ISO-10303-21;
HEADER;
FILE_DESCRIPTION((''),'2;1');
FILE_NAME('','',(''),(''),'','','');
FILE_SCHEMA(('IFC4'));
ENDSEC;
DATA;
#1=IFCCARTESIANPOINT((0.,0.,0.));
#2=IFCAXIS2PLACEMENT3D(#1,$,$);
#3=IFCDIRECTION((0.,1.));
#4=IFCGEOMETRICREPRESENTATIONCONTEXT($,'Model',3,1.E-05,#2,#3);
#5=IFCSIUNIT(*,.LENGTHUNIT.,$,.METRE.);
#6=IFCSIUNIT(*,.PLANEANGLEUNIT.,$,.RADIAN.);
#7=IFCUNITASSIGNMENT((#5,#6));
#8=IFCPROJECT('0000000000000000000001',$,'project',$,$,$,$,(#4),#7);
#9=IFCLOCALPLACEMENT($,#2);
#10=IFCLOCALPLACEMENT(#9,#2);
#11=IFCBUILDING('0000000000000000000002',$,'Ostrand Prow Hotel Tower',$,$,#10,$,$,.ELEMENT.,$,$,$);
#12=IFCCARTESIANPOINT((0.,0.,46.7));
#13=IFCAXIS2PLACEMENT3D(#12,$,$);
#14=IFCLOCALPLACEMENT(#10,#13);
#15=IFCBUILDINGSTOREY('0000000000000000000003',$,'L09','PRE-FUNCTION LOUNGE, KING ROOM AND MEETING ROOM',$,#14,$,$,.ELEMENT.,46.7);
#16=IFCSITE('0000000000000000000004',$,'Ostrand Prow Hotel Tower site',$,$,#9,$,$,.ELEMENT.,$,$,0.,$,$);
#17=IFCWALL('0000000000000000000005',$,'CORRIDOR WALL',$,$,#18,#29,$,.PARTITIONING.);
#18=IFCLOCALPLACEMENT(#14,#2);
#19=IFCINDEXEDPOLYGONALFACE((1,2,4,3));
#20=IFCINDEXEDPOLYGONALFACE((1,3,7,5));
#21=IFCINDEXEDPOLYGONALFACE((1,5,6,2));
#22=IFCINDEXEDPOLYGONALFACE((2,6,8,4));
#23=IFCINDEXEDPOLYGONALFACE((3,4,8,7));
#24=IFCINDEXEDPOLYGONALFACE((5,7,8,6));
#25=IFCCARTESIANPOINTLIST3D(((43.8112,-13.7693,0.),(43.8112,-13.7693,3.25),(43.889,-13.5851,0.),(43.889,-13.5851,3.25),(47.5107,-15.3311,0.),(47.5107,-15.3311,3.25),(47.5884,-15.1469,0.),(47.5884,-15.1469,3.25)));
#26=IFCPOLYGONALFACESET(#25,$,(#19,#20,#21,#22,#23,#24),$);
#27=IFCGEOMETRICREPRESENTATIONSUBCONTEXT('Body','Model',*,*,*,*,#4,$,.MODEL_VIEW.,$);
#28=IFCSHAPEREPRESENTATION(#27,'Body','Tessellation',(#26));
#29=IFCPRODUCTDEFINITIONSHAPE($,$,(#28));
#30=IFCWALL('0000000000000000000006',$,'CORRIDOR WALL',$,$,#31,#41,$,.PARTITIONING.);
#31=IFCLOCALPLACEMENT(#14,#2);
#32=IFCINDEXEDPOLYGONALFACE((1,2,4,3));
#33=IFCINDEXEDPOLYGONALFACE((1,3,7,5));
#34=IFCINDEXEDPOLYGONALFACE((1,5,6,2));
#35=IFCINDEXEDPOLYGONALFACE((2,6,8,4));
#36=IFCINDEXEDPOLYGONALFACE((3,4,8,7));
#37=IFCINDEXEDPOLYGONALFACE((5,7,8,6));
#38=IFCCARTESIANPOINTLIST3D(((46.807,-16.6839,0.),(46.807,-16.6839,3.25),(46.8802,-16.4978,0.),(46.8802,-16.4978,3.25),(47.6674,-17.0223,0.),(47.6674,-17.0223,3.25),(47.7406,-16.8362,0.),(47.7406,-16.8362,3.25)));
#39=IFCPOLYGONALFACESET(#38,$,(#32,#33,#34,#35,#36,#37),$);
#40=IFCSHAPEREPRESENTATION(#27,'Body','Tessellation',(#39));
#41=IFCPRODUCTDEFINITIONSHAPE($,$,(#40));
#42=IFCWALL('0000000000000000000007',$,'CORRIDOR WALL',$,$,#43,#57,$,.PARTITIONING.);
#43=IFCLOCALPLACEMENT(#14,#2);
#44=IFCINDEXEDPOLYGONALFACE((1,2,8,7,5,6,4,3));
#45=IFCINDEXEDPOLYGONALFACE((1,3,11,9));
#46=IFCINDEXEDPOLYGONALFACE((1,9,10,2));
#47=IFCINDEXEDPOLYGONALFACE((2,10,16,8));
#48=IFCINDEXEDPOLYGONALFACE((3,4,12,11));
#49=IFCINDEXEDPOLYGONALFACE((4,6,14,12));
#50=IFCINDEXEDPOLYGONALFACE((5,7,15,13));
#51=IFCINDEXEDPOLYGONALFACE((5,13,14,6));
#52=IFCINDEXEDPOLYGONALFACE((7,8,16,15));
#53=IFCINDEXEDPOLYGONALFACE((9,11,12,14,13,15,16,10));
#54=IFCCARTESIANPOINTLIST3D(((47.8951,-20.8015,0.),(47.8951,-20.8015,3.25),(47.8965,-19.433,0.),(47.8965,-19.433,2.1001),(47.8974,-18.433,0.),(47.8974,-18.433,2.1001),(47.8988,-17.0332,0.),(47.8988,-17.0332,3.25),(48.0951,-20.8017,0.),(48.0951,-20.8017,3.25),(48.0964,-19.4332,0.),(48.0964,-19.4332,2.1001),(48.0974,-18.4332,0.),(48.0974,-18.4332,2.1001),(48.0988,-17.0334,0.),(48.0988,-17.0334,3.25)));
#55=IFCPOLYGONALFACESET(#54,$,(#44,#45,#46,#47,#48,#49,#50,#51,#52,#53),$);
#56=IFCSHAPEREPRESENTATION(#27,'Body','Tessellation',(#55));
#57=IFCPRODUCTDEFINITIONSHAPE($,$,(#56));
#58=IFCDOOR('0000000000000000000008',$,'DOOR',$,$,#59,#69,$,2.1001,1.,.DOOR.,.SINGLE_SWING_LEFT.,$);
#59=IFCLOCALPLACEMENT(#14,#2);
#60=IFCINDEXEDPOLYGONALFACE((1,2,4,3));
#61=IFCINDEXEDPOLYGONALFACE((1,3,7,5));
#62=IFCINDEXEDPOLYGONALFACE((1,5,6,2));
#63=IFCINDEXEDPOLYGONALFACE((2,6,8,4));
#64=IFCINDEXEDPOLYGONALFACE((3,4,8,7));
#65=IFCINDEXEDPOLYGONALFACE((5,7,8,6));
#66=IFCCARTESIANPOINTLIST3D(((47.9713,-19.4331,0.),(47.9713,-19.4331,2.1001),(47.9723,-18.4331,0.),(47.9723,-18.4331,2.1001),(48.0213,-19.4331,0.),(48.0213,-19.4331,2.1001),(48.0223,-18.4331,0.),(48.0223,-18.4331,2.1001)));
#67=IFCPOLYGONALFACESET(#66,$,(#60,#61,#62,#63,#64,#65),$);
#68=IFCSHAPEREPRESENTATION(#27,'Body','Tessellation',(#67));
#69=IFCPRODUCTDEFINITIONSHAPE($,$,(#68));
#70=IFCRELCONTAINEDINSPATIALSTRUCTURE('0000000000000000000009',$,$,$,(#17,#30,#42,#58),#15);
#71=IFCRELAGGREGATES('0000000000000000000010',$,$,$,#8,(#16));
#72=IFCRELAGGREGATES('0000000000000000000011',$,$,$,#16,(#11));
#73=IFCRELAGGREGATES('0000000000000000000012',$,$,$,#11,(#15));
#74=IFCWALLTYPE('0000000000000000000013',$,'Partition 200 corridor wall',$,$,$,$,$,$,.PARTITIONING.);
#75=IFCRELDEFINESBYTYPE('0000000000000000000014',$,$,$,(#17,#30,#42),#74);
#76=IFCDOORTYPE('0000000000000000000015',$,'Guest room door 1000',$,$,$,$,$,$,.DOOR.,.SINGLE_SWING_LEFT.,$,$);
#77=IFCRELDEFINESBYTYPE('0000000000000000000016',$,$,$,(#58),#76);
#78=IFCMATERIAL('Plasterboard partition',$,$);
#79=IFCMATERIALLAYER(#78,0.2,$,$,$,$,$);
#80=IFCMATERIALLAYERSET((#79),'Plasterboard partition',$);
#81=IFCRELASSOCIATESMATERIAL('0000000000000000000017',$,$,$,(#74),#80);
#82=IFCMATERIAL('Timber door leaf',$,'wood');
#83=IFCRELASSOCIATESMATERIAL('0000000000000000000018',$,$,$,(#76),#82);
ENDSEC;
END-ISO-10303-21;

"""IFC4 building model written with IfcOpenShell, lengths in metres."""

from ifc_helpers import new_model, si_unit, direction, frame, frame_2d, origin, place, context, subcontext, project, spatial, rectangle, extrude, material, layer, layer_set, type_object, element, fill, save


model = new_model("IFC4")

# Units and contexts
model_context = context("Model", 3, precision=1e-05, world=origin(), true_north=direction((0.0, 1.0)))
body_context = subcontext(model_context, "Body", "Model", "MODEL_VIEW")
ifc_project = project(units=[si_unit("LENGTHUNIT", "METRE"), si_unit("PLANEANGLEUNIT", "RADIAN")], contexts=[model_context])

# Site, building, storey
site_placement = place(None, origin())
site = spatial("IfcSite", under=ifc_project, at=site_placement, Name="Ostrand Prow Hotel Tower site", CompositionType="ELEMENT", RefElevation=0.0)
building_placement = place(site_placement, origin())
building = spatial("IfcBuilding", under=site, at=building_placement, Name="Ostrand Prow Hotel Tower", CompositionType="ELEMENT")
storey_placement = place(building_placement, frame((0.0, 0.0, 46.7)))
storey = spatial("IfcBuildingStorey", under=building, at=storey_placement, Name="L09", Description="PRE-FUNCTION LOUNGE, KING ROOM AND MEETING ROOM", CompositionType="ELEMENT", Elevation=46.7)

# Shared definitions
ifc_material_1 = material(Name="Plasterboard partition")
ifc_layer_1 = layer(ifc_material_1, 0.2)
ifc_layer_set_1 = layer_set([ifc_layer_1], Name="Plasterboard partition")
wall_type_1 = type_object("IfcWallType", Name="Partition 200 corridor wall", PredefinedType="PARTITIONING", material=ifc_layer_set_1)

# Walls
wall_1_placement = place(storey_placement, frame((47.5496, -15.239, 0.0), z_axis=(0.0, 0.0, 1.0), x_axis=(-0.92127, 0.388924, 0.0)))
element("IfcWall", 1, at=wall_1_placement, inside=storey, type_object=wall_type_1, Name="CORRIDOR WALL", PredefinedType="PARTITIONING", context=body_context, shape_type="SweptSolid", body=[
    extrude(rectangle(XDim=4.0156, YDim=0.2, at=frame_2d((2.0078, 0.0))), origin(), (0.0, 0.0, 1.0), 3.25),
])
wall_2_placement = place(storey_placement, frame((46.8435, -16.5908, 0.0), z_axis=(0.0, 0.0, 1.0), x_axis=(0.93061, -0.366012, 0.0)))
element("IfcWall", 2, at=wall_2_placement, inside=storey, type_object=wall_type_1, Name="CORRIDOR WALL", PredefinedType="PARTITIONING", context=body_context, shape_type="SweptSolid", body=[
    extrude(rectangle(XDim=0.9246, YDim=0.2, at=frame_2d((0.4624, 0.0))), origin(), (0.0, 0.0, 1.0), 3.25),
])

# Wall, opening, door
wall_3_placement = place(storey_placement, frame((47.9988, -17.0332, 0.0), z_axis=(0.0, 0.0, 1.0), x_axis=(-0.000972, -1.0, 0.0)))
wall_3 = element("IfcWall", 3, at=wall_3_placement, inside=storey, type_object=wall_type_1, Name="CORRIDOR WALL", PredefinedType="PARTITIONING", context=body_context, shape_type="SweptSolid", body=[
    extrude(rectangle(XDim=3.7683, YDim=0.2, at=frame_2d((1.8843, 0.0))), origin(), (0.0, 0.0, 1.0), 3.25),
])
opening_1_placement = place(wall_3_placement, frame((1.3999, 0.0, 0.0)))
opening_1 = element("IfcOpeningElement", 4, at=opening_1_placement, cuts=wall_3, PredefinedType="OPENING", context=body_context, shape_type="SweptSolid", body=[
    extrude(rectangle(XDim=1.0, YDim=2.1001, at=frame_2d((0.5, 1.05))), frame((0.0, 0.1099, 0.0), z_axis=(0.0, -1.0, 0.0), x_axis=(1.0, 0.0, 0.0)), (0.0, 0.0, 1.0), 0.22),
])
ifc_material_2 = material(Name="Timber door leaf", Category="wood")
door_type_1 = type_object("IfcDoorType", Name="Guest room door 1000", OperationType="SINGLE_SWING_LEFT", PredefinedType="DOOR", material=ifc_material_2)
door_1_placement = place(opening_1_placement, origin())
door_1 = element("IfcDoor", 5, at=door_1_placement, inside=storey, type_object=door_type_1, Name="DOOR", OperationType="SINGLE_SWING_LEFT", OverallHeight=2.1001, OverallWidth=1.0, PredefinedType="DOOR", context=body_context, shape_type="SweptSolid", body=[
    extrude(rectangle(XDim=1.0, YDim=2.1001, at=frame_2d((0.5, 1.05))), frame((0.0, 0.0249, 0.0), z_axis=(0.0, -1.0, 0.0), x_axis=(1.0, 0.0, 0.0)), (0.0, 0.0, 1.0), 0.05),
])
fill(opening_1, door_1)

save(model, "model.ifc")
